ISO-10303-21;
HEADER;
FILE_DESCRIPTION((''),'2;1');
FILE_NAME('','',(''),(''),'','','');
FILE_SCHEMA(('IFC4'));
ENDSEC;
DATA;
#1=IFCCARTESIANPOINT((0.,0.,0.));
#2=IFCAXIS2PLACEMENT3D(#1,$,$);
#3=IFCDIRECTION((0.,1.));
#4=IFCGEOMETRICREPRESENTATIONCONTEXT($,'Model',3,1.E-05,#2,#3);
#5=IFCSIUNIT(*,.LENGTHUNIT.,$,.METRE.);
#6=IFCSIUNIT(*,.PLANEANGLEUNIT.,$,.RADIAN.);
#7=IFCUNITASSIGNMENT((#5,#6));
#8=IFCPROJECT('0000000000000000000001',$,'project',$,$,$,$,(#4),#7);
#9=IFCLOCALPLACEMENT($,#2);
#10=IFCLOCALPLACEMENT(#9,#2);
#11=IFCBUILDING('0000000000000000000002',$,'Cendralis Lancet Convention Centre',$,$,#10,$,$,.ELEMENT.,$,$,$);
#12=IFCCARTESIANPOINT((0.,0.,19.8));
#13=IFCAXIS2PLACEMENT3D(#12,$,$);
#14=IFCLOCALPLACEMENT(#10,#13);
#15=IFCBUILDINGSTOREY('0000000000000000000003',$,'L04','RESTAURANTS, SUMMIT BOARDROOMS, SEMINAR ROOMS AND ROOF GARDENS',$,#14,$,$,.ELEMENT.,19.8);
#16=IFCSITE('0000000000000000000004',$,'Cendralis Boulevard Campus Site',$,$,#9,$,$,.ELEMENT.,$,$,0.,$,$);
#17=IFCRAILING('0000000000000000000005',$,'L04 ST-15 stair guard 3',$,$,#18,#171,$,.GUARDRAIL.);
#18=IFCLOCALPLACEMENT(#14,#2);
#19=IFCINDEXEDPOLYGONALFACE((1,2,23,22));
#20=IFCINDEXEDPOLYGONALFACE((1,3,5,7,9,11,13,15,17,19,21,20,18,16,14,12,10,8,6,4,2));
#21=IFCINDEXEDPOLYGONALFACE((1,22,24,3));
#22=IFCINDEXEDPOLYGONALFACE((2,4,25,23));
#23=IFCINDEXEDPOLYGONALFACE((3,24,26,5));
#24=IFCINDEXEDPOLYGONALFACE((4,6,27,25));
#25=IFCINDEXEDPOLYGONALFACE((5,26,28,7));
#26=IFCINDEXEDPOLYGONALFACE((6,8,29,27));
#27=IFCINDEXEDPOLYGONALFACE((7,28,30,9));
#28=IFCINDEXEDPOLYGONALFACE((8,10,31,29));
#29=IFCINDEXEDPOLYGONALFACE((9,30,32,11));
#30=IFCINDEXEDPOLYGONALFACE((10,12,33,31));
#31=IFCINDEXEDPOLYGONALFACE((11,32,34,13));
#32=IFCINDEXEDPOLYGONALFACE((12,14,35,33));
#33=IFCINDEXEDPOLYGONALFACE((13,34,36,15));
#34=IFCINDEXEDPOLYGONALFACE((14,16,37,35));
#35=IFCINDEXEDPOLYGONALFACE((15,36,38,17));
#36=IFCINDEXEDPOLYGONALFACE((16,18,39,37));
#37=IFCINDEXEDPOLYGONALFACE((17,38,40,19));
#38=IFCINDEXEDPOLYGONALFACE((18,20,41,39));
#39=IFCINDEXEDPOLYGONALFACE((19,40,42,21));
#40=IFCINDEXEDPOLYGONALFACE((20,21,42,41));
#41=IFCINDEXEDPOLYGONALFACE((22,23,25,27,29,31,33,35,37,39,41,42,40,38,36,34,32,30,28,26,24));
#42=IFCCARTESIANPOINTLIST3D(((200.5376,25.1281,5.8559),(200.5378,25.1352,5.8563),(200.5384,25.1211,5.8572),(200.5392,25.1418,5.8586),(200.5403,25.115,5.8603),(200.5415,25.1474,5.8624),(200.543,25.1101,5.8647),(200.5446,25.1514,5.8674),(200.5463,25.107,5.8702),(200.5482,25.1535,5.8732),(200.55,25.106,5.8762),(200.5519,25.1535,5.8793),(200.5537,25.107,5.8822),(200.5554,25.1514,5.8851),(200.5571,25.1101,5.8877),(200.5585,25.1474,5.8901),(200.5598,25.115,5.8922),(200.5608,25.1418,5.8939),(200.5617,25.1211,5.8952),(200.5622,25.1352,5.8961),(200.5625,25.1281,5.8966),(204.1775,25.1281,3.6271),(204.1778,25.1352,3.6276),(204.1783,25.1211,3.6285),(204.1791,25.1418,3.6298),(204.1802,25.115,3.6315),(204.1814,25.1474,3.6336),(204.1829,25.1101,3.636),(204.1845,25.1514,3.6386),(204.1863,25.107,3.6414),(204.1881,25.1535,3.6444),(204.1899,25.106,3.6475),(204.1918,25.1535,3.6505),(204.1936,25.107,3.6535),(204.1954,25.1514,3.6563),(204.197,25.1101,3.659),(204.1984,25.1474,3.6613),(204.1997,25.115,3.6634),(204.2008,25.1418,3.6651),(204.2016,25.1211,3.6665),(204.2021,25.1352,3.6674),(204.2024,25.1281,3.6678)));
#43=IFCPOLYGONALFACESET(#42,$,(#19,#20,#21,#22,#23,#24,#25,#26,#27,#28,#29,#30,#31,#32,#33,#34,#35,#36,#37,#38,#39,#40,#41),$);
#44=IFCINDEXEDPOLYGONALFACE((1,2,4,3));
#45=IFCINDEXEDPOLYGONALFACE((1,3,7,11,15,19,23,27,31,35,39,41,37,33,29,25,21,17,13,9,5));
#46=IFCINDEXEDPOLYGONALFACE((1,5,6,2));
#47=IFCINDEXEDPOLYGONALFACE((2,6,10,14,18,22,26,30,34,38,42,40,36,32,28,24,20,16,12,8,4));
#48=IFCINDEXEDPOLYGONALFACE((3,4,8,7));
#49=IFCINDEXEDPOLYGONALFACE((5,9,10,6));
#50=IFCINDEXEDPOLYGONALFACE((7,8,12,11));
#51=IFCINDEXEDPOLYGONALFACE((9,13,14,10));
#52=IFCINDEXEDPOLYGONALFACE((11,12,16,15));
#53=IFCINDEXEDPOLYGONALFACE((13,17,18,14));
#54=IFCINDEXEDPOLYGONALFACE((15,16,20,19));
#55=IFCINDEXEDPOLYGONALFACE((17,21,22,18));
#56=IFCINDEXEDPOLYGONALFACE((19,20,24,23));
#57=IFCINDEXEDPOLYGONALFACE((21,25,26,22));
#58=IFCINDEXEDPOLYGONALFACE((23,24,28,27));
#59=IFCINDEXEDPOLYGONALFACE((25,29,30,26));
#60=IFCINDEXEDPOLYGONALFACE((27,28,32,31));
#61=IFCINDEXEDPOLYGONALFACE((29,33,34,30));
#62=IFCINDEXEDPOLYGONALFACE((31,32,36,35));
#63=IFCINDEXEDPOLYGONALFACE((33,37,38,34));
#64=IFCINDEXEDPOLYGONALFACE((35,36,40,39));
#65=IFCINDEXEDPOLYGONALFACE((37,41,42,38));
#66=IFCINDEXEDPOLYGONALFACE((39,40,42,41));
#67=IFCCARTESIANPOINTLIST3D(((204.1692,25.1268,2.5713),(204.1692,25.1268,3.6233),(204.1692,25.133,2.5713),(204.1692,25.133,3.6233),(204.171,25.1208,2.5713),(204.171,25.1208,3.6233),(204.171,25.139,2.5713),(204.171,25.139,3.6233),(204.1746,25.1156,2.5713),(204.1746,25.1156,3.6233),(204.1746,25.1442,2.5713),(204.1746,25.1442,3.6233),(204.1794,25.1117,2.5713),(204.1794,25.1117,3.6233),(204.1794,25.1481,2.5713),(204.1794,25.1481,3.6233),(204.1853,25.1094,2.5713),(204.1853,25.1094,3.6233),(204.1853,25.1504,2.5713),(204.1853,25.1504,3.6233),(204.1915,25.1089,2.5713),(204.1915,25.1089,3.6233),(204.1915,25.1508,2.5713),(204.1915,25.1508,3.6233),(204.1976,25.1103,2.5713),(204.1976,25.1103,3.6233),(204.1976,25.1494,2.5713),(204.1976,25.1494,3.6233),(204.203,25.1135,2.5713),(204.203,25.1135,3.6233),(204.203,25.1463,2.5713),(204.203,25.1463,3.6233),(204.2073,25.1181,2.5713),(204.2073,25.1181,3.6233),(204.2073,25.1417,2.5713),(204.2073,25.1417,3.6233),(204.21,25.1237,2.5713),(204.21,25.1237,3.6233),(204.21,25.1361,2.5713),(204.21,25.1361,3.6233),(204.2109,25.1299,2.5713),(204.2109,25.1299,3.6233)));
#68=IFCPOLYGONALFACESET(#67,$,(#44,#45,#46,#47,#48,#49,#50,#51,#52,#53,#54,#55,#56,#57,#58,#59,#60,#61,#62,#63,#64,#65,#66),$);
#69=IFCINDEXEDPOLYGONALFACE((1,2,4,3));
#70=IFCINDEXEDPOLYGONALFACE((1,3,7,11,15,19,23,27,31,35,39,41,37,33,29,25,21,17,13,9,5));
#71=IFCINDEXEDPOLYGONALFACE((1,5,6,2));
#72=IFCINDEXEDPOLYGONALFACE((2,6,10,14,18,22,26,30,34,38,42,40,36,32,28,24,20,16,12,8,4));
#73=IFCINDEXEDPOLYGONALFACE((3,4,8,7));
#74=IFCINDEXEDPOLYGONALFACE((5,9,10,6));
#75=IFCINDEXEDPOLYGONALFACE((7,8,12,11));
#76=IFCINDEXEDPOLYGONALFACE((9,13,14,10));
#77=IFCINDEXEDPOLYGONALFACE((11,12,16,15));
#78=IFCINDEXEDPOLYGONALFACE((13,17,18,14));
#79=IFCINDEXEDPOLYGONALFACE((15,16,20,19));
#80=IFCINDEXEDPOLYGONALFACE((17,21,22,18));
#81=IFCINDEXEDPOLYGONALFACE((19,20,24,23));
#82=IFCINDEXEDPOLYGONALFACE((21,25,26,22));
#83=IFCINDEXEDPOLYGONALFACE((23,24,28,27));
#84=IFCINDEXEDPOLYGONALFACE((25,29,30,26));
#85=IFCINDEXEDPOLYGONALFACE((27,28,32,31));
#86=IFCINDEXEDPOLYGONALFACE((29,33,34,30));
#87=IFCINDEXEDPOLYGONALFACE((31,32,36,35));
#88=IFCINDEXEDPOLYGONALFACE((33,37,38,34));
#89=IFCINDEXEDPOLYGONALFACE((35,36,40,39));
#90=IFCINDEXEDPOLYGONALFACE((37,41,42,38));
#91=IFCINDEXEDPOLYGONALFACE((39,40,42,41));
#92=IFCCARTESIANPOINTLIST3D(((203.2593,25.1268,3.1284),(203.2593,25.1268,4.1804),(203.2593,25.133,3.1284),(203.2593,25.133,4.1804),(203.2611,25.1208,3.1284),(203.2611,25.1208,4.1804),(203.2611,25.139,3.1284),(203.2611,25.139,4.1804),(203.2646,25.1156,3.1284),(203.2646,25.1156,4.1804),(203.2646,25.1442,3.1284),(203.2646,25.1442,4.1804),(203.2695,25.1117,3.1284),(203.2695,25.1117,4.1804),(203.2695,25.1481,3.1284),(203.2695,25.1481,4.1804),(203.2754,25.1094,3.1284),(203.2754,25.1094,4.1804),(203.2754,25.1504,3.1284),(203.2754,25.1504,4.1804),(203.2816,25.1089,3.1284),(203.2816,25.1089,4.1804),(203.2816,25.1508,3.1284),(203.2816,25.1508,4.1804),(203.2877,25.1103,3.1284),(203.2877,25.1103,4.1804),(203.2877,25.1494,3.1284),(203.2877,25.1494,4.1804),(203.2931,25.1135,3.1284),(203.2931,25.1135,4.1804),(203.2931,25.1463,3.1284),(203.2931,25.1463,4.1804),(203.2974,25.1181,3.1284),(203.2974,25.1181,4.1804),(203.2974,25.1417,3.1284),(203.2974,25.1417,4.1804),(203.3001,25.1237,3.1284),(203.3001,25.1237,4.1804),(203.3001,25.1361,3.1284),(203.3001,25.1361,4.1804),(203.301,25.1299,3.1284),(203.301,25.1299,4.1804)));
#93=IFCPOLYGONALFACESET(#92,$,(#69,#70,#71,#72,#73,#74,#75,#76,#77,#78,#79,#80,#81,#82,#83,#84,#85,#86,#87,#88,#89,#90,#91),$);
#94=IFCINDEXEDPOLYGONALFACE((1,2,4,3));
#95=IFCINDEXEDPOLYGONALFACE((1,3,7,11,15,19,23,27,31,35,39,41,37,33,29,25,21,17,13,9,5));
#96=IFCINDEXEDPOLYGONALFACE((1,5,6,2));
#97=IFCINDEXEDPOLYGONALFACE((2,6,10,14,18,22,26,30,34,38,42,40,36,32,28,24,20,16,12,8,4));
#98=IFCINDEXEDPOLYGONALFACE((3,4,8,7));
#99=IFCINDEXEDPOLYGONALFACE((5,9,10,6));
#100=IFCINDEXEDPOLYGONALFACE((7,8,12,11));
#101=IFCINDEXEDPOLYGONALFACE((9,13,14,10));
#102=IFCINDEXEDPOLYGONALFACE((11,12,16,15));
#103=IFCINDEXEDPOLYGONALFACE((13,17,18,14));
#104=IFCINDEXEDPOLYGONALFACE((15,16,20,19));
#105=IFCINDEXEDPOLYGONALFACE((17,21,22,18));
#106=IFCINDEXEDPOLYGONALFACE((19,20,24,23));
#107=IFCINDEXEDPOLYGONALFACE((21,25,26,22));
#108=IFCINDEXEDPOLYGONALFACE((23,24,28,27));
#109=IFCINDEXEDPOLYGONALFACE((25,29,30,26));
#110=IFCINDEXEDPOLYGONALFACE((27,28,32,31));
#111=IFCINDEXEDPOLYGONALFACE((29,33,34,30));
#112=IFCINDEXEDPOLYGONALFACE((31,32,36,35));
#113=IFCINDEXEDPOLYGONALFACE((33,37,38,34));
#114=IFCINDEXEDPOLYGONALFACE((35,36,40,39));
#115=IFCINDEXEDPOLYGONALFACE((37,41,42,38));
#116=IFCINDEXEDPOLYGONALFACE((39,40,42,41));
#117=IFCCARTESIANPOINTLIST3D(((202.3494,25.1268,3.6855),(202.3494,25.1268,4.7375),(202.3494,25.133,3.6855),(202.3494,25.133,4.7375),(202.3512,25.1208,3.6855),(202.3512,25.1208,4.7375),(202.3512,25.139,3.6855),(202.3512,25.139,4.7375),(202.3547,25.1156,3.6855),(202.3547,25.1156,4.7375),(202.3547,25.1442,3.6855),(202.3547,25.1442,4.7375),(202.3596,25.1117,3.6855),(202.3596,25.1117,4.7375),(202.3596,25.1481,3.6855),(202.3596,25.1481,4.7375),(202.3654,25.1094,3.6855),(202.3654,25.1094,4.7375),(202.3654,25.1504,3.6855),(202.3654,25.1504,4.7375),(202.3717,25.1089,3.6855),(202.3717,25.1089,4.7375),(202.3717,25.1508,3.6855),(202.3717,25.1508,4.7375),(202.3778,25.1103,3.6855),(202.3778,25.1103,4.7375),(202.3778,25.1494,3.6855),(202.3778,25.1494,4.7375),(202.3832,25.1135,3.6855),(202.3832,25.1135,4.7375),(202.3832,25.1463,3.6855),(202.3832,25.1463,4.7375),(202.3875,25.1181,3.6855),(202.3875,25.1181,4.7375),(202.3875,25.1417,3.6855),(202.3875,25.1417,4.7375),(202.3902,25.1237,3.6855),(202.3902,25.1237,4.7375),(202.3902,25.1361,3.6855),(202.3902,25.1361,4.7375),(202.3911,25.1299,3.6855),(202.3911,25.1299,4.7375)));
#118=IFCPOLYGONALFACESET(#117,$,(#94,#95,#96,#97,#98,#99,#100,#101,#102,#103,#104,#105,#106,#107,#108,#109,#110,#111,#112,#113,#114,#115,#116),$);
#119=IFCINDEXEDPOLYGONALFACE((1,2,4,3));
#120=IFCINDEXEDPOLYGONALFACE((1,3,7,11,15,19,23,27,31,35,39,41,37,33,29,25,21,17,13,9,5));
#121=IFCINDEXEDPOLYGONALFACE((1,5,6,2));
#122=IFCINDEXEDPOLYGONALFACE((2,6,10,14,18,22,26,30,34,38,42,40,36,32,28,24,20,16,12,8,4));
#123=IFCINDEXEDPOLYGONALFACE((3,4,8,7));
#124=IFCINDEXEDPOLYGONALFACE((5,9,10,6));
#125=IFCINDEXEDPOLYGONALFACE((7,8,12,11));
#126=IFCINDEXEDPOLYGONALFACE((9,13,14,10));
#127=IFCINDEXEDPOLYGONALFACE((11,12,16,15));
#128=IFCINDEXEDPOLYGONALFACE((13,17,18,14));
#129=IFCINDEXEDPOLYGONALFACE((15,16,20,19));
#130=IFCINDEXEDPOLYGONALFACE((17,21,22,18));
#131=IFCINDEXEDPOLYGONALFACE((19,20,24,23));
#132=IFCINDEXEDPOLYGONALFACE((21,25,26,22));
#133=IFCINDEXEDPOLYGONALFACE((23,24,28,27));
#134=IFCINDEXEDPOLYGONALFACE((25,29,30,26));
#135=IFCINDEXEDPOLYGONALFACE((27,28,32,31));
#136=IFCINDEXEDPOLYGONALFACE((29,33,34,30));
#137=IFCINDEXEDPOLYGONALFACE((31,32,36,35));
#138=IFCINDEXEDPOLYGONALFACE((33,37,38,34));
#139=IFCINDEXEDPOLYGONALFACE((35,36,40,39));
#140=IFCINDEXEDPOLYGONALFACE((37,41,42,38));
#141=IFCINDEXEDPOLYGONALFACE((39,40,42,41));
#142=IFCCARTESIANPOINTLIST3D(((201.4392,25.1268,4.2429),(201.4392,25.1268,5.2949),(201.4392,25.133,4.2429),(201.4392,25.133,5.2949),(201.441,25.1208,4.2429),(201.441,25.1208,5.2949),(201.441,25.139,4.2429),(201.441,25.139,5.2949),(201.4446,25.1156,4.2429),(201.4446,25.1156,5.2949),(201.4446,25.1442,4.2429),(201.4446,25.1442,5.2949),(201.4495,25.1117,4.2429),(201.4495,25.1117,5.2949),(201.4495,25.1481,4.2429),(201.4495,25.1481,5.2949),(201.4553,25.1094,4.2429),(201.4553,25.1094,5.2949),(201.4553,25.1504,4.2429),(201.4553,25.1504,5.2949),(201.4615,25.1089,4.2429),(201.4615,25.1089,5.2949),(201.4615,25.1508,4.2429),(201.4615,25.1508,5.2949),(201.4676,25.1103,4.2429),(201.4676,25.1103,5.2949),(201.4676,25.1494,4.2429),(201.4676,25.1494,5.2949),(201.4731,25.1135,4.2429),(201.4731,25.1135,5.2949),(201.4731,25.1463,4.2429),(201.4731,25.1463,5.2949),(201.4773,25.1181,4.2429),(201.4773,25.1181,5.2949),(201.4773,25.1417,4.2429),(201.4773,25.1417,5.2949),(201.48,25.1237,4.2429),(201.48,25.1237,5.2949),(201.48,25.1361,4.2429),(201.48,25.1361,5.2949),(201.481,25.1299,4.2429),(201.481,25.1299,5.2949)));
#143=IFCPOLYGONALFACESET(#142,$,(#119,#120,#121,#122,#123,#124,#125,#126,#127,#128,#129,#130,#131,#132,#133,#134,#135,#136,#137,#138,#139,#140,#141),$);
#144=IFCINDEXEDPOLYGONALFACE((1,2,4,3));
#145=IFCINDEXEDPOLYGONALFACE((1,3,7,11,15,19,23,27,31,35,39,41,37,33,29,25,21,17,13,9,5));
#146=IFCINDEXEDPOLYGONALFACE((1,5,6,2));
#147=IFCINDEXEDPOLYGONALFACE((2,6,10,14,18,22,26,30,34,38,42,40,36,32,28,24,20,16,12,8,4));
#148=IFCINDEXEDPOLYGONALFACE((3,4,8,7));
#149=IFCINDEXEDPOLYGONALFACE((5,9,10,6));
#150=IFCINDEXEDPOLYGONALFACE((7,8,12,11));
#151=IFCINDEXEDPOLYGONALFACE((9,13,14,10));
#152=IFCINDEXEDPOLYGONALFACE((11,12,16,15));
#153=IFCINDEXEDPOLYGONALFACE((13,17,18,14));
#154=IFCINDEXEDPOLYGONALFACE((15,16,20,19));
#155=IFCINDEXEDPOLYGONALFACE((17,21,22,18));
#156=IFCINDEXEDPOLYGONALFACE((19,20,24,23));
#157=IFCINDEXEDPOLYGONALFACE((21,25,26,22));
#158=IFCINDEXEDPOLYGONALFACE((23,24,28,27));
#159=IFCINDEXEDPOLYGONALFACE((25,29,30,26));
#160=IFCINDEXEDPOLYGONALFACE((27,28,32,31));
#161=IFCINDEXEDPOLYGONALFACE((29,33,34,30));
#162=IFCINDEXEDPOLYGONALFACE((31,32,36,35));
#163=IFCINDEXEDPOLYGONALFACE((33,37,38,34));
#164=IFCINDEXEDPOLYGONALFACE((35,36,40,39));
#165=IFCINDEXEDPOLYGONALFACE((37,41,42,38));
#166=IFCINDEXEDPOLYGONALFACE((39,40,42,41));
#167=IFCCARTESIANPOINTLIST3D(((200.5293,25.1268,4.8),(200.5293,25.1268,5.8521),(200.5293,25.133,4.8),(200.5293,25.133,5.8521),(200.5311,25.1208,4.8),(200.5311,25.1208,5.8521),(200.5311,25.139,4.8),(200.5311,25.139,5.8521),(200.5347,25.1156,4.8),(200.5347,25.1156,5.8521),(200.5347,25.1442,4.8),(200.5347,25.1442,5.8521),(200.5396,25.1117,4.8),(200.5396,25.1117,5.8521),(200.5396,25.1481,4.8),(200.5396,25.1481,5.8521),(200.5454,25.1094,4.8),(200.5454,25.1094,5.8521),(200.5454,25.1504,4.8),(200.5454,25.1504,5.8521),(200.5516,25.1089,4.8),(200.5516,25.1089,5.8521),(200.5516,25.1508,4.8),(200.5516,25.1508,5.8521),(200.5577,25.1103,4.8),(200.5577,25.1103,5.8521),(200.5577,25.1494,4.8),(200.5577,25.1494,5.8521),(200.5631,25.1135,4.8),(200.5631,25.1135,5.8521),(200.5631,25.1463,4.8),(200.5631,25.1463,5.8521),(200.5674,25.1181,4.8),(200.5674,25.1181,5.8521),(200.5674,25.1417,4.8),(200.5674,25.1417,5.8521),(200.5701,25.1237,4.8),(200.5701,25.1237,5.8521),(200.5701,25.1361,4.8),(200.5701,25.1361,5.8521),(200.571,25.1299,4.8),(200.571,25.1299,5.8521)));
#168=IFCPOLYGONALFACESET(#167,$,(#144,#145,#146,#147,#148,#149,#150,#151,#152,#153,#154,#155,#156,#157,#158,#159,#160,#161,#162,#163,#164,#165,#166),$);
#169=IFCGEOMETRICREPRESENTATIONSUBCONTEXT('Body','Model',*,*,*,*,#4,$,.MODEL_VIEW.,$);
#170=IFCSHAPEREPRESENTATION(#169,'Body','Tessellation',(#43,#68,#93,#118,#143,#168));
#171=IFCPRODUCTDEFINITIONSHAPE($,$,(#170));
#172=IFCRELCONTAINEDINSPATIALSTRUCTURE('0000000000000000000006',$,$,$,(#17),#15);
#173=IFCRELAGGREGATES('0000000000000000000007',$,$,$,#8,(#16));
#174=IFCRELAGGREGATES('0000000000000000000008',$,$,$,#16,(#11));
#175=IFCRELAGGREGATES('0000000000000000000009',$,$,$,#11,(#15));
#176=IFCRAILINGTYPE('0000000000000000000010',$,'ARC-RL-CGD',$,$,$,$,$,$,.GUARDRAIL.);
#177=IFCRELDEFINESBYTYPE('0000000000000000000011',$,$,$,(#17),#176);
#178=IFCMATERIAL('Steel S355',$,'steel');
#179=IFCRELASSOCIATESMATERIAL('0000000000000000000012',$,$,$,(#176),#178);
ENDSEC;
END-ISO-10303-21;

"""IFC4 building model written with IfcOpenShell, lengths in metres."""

from ifc_helpers import new_model, si_unit, direction, frame, origin, origin_2d, place, context, subcontext, project, spatial, circle, extrude, material, type_object, element, save


model = new_model("IFC4")

# Units and contexts
model_context = context("Model", 3, precision=1e-05, world=origin(), true_north=direction((0.0, 1.0)))
body_context = subcontext(model_context, "Body", "Model", "MODEL_VIEW")
ifc_project = project(units=[si_unit("LENGTHUNIT", "METRE"), si_unit("PLANEANGLEUNIT", "RADIAN")], contexts=[model_context])

# Site, building, storey
site_placement = place(None, origin())
site = spatial("IfcSite", under=ifc_project, at=site_placement, Name="Cendralis Boulevard Campus Site", CompositionType="ELEMENT", RefElevation=0.0)
building_placement = place(site_placement, origin())
building = spatial("IfcBuilding", under=site, at=building_placement, Name="Cendralis Lancet Convention Centre", CompositionType="ELEMENT")
storey_placement = place(building_placement, frame((0.0, 0.0, 19.8)))
storey = spatial("IfcBuildingStorey", under=building, at=storey_placement, Name="L04", Description="RESTAURANTS, SUMMIT BOARDROOMS, SEMINAR ROOMS AND ROOF GARDENS", CompositionType="ELEMENT", Elevation=19.8)

# Shared definitions
ifc_material_1 = material(Name="Steel S355", Category="steel")

# Railing
railing_type_1 = type_object("IfcRailingType", Name="ARC-RL-CGD", PredefinedType="GUARDRAIL", material=ifc_material_1)
railing_1_placement = place(storey_placement, frame((204.1899, 25.1299, 2.5713)))
element("IfcRailing", 1, at=railing_1_placement, inside=storey, type_object=railing_type_1, Name="L04 ST-15 stair guard 3", PredefinedType="GUARDRAIL", context=body_context, shape_type="SweptSolid", body=[
    extrude(circle(Radius=0.0239, at=origin_2d()), frame((0.0, 0.0, 1.0762), z_axis=(-0.852825, 0.0, 0.522197), x_axis=(0.0, -1.0, 0.0)), (0.0, 0.0, 1.0), 4.2681),
    extrude(circle(Radius=0.021, at=origin_2d()), origin(), (0.0, 0.0, 1.0), 1.052),
    extrude(circle(Radius=0.021, at=origin_2d()), frame((-0.9099, 0.0, 0.5571)), (0.0, 0.0, 1.0), 1.052),
    extrude(circle(Radius=0.021, at=origin_2d()), frame((-1.8198, 0.0, 1.1143)), (0.0, 0.0, 1.0), 1.052),
    extrude(circle(Radius=0.021, at=origin_2d()), frame((-2.73, 0.0, 1.6716)), (0.0, 0.0, 1.0), 1.052),
    extrude(circle(Radius=0.021, at=origin_2d()), frame((-3.6399, 0.0, 2.2288)), (0.0, 0.0, 1.0), 1.052),
])

save(model, "model.ifc")
